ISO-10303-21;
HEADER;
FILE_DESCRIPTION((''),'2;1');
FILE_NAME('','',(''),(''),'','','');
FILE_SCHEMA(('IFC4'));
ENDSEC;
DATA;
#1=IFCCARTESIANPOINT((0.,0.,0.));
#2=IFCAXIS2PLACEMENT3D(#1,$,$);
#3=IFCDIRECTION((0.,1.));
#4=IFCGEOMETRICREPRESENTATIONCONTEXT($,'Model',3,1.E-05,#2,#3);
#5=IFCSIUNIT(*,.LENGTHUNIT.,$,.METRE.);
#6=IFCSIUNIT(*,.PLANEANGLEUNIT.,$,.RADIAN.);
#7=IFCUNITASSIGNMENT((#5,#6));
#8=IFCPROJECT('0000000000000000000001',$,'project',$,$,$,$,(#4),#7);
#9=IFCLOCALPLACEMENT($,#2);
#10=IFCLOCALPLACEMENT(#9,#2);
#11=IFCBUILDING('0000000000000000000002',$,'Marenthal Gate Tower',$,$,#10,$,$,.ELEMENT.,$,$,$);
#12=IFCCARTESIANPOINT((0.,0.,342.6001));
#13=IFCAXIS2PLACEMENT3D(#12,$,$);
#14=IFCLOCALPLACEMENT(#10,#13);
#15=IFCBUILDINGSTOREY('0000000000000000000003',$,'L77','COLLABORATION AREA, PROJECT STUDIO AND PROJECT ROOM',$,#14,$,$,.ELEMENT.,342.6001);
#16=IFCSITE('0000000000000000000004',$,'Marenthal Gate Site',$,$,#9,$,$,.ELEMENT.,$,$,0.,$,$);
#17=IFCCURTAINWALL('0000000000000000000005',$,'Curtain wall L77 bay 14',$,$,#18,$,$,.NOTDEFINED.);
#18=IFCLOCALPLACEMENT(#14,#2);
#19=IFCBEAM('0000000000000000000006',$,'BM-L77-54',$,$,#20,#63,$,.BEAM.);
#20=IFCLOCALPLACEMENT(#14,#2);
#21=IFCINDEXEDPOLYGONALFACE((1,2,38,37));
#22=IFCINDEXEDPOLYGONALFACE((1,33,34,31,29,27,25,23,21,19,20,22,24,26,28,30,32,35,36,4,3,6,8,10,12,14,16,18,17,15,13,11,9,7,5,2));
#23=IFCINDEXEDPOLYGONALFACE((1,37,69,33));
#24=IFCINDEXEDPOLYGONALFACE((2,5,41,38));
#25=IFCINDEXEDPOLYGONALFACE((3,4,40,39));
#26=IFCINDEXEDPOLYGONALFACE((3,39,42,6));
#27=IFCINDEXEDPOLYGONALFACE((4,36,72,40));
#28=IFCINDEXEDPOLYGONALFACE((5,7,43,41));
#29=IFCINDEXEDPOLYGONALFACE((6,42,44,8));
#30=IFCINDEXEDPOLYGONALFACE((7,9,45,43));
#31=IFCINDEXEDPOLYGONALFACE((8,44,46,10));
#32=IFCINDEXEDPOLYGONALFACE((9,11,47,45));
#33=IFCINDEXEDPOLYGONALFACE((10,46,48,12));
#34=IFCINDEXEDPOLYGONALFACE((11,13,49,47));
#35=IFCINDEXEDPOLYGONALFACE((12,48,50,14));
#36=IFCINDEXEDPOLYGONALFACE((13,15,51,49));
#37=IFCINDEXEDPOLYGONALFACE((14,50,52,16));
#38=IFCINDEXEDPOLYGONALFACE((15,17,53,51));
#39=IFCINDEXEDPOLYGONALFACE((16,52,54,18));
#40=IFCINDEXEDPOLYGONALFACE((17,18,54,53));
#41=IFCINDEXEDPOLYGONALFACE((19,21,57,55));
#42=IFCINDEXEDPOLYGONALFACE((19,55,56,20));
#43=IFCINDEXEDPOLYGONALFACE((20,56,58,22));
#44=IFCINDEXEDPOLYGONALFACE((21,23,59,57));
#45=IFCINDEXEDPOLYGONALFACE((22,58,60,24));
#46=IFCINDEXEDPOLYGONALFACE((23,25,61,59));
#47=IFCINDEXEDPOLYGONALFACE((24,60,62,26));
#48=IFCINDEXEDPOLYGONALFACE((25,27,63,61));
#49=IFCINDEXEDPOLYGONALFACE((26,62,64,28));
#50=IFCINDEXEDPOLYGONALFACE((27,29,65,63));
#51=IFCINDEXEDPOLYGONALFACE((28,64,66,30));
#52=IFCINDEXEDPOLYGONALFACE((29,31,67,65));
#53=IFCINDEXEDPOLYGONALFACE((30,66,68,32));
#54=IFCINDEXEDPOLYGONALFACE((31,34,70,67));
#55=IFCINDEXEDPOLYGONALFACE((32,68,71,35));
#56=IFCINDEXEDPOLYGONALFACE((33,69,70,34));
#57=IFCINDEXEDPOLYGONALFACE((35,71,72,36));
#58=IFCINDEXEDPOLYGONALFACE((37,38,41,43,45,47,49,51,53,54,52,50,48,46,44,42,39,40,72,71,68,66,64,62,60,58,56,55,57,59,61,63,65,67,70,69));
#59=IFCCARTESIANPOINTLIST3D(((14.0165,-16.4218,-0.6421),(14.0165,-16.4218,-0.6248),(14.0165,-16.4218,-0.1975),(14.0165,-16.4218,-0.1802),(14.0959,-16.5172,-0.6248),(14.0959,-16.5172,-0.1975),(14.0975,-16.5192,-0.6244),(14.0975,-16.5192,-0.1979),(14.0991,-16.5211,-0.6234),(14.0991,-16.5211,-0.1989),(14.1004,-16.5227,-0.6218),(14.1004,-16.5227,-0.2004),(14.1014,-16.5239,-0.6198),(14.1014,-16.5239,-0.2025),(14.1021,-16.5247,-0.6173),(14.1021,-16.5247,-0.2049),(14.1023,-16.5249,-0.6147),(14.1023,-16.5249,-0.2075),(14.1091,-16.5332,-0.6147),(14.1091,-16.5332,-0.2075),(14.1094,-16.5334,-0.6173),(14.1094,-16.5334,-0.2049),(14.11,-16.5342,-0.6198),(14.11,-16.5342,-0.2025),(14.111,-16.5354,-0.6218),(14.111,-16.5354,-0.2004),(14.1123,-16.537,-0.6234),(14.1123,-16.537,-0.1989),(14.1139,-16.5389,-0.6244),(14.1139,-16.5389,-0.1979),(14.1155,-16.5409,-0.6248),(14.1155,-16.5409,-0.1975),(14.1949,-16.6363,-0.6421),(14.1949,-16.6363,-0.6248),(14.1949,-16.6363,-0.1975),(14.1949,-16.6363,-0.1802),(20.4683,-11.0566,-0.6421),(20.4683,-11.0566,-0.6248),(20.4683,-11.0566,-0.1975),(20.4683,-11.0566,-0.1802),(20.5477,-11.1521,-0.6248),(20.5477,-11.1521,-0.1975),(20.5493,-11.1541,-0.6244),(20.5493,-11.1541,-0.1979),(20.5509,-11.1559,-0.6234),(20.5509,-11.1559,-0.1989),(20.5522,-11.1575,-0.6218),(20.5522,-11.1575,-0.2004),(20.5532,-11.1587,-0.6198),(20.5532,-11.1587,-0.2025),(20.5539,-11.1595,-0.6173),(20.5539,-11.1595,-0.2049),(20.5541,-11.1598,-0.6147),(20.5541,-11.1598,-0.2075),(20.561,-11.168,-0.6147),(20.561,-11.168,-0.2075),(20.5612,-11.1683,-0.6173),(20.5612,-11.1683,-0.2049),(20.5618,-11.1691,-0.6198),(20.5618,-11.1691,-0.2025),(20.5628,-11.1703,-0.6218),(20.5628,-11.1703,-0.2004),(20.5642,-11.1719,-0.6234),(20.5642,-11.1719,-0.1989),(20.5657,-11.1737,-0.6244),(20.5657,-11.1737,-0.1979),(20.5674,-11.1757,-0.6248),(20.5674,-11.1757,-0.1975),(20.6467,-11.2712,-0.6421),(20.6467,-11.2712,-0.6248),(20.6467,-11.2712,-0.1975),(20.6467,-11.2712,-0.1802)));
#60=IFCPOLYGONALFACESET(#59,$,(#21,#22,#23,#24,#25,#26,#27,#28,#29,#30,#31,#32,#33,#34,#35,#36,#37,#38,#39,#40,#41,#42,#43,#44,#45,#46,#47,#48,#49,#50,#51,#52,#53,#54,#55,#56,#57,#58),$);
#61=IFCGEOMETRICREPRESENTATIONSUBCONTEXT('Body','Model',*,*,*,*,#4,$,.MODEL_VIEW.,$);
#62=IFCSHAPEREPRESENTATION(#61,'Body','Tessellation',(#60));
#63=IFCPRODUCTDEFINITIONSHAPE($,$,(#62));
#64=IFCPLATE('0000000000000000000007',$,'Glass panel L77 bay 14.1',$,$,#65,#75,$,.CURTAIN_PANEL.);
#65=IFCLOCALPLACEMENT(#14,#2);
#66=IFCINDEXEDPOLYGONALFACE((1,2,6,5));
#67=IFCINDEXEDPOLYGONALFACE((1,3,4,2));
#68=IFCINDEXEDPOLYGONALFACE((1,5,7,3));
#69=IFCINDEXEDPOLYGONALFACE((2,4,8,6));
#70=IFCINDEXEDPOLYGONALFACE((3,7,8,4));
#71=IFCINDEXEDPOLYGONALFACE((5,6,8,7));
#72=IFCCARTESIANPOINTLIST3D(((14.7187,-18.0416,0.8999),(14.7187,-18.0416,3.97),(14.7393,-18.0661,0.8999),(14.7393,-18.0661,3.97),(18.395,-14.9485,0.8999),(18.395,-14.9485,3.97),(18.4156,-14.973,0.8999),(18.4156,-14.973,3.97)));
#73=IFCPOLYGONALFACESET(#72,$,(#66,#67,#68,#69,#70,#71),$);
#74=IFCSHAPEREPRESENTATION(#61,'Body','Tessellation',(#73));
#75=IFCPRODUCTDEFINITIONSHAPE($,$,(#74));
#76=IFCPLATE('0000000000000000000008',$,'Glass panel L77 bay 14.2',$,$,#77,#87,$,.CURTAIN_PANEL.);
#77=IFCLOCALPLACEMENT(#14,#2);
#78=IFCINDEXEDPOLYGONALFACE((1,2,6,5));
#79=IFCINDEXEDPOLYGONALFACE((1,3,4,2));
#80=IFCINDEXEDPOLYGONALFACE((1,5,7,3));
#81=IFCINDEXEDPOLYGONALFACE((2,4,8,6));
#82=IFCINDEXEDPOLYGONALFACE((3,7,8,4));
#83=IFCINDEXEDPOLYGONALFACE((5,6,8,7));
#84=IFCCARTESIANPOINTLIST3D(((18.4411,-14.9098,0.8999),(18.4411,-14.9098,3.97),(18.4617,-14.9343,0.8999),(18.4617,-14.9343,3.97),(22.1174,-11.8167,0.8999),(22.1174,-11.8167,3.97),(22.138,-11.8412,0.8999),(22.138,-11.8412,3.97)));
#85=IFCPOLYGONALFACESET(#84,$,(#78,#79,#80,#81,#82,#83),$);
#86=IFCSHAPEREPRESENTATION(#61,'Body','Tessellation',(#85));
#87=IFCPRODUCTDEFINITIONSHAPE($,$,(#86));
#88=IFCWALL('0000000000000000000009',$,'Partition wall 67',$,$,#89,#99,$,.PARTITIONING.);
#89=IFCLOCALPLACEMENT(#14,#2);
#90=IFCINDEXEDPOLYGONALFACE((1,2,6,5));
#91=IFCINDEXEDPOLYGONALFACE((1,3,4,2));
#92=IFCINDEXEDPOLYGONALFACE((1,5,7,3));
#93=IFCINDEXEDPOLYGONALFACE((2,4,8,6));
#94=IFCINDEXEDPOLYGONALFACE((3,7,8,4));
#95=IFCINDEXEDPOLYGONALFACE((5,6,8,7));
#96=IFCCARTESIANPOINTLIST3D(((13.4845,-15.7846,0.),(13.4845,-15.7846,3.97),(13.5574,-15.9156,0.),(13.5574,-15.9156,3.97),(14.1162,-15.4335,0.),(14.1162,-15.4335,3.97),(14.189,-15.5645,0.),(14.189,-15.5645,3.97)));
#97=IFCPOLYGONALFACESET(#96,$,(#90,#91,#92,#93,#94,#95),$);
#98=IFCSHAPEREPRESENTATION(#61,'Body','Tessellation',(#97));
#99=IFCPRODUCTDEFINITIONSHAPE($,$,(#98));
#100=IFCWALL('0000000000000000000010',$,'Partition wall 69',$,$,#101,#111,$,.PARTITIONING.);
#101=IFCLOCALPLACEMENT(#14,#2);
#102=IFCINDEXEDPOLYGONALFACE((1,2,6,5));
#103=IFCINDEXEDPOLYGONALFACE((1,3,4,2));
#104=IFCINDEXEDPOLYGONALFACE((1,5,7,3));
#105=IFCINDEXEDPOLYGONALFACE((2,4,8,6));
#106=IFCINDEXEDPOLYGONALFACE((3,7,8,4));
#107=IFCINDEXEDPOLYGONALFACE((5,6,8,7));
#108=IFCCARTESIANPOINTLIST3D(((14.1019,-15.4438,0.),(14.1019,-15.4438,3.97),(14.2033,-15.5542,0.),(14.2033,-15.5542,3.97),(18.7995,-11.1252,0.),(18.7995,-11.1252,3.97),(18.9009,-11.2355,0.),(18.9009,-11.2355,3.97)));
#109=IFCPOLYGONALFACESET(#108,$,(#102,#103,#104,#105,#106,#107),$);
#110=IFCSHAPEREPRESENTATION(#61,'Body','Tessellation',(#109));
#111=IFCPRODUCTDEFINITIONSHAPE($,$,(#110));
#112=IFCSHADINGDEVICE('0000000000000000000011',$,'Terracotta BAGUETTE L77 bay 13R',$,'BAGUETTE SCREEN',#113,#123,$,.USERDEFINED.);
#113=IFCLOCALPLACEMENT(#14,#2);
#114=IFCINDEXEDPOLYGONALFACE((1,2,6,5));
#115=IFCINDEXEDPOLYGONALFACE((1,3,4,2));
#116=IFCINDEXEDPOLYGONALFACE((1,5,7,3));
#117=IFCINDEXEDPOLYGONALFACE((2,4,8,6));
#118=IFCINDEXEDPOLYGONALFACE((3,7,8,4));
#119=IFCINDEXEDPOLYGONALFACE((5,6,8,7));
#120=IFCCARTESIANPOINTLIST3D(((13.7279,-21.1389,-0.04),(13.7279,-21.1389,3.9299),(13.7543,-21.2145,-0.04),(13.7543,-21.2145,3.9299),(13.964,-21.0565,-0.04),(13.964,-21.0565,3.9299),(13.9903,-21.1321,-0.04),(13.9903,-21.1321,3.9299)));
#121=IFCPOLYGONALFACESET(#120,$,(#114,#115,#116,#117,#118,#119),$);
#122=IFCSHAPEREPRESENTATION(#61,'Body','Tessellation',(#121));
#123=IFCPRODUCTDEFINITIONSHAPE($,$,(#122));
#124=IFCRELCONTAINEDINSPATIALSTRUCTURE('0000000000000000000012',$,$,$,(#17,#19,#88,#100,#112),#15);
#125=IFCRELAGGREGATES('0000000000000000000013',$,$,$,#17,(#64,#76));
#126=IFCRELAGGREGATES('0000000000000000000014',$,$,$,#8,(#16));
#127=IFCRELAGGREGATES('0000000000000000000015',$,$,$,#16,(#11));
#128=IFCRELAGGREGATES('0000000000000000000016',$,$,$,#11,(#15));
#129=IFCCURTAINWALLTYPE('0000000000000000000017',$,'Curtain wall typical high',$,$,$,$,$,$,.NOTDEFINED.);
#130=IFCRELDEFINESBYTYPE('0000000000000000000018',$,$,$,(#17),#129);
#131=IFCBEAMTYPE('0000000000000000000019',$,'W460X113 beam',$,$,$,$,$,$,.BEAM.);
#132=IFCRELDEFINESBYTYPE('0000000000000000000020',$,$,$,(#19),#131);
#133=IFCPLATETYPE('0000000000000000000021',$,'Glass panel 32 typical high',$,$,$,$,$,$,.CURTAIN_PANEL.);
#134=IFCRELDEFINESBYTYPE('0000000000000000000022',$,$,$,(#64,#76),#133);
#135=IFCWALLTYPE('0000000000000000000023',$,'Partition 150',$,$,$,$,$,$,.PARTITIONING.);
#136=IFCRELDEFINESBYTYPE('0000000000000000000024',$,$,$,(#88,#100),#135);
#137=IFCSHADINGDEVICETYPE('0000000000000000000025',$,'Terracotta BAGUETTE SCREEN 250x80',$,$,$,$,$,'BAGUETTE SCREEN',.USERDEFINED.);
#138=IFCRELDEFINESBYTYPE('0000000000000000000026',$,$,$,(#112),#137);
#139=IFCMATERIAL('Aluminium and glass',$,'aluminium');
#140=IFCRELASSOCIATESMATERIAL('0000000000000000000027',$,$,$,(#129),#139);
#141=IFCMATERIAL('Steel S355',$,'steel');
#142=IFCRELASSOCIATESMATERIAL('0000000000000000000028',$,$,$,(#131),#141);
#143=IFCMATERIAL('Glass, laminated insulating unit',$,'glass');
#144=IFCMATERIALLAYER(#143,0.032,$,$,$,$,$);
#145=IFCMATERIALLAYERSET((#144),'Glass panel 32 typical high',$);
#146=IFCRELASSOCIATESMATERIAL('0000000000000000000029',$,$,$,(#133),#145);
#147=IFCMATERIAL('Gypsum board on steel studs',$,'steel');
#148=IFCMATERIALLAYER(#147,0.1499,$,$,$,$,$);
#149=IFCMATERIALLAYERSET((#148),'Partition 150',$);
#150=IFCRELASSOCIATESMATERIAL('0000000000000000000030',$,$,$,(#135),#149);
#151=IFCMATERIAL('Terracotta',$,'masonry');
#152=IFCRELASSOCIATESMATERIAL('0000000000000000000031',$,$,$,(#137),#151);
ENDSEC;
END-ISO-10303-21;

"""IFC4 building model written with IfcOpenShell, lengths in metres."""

from ifc_helpers import new_model, si_unit, direction, frame, frame_2d, origin, origin_2d, place, context, subcontext, project, spatial, rectangle, i_section, extrude, material, layer, layer_set, material_profile, profile_set, type_object, element, aggregate, save


model = new_model("IFC4")

# Units and contexts
model_context = context("Model", 3, precision=1e-05, world=origin(), true_north=direction((0.0, 1.0)))
body_context = subcontext(model_context, "Body", "Model", "MODEL_VIEW")
ifc_project = project(units=[si_unit("LENGTHUNIT", "METRE"), si_unit("PLANEANGLEUNIT", "RADIAN")], contexts=[model_context])

# Site, building, storey
site_placement = place(None, origin())
site = spatial("IfcSite", under=ifc_project, at=site_placement, Name="Marenthal Gate Site", CompositionType="ELEMENT", RefElevation=0.0)
building_placement = place(site_placement, origin())
building = spatial("IfcBuilding", under=site, at=building_placement, Name="Marenthal Gate Tower", CompositionType="ELEMENT")
storey_placement = place(building_placement, frame((0.0, 0.0, 342.6001)))
storey = spatial("IfcBuildingStorey", under=building, at=storey_placement, Name="L77", Description="COLLABORATION AREA, PROJECT STUDIO AND PROJECT ROOM", CompositionType="ELEMENT", Elevation=342.6001)

# Curtain wall
ifc_material_1 = material(Name="Aluminium and glass", Category="aluminium")
curtain_wall_type = type_object("IfcCurtainWallType", Name="Curtain wall typical high", PredefinedType="NOTDEFINED", material=ifc_material_1)
curtain_wall_placement = place(storey_placement, origin())
curtain_wall = element("IfcCurtainWall", 1, at=curtain_wall_placement, inside=storey, type_object=curtain_wall_type, Name="Curtain wall L77 bay 14", PredefinedType="NOTDEFINED")

# Beam
ifc_material_2 = material(Name="Steel S355", Category="steel")
ifc_material_profile_1 = material_profile(ifc_material_2, i_section(OverallWidth=0.2791, OverallDepth=0.4619, WebThickness=0.0107, FlangeThickness=0.0173, FilletRadius=0.01, at=origin_2d()), Name="W460X113")
ifc_profile_set_1 = profile_set([ifc_material_profile_1], Name="Steel S355")
beam_type_1 = type_object("IfcBeamType", Name="W460X113 beam", PredefinedType="BEAM", material=ifc_profile_set_1)
beam_1_placement = place(storey_placement, frame((14.1057, -16.5291, -0.4111), z_axis=(0.768886, 0.639386, 0.0), x_axis=(-0.639386, 0.768886, 0.0)))
element("IfcBeam", 2, at=beam_1_placement, inside=storey, type_object=beam_type_1, Name="BM-L77-54", PredefinedType="BEAM", context=body_context, shape_type="SweptSolid", body=[
    extrude(i_section(OverallWidth=0.2791, OverallDepth=0.4619, WebThickness=0.0107, FlangeThickness=0.0173, FilletRadius=0.01, at=origin_2d()), origin(), (0.0, 0.0, 1.0), 8.3911),
])

# Plates
ifc_material_3 = material(Name="Glass, laminated insulating unit", Category="glass")
ifc_layer_1 = layer(ifc_material_3, 0.032)
ifc_layer_set_1 = layer_set([ifc_layer_1], Name="Glass panel 32 typical high")
plate_type = type_object("IfcPlateType", Name="Glass panel 32 typical high", PredefinedType="CURTAIN_PANEL", material=ifc_layer_set_1)
plate_1_placement = place(storey_placement, frame((16.5671, -16.5073, 0.8999), z_axis=(0.0, 0.0, 1.0), x_axis=(0.765193, 0.643801, 0.0)))
plate_1 = element("IfcPlate", 3, at=plate_1_placement, type_object=plate_type, Name="Glass panel L77 bay 14.1", PredefinedType="CURTAIN_PANEL", context=body_context, shape_type="SweptSolid", body=[
    extrude(rectangle(XDim=4.8044, YDim=0.032, at=origin_2d()), origin(), (0.0, 0.0, 1.0), 3.0701),
])
plate_2_placement = place(storey_placement, frame((20.2896, -13.3755, 0.8999), z_axis=(0.0, 0.0, 1.0), x_axis=(0.765193, 0.643801, 0.0)))
plate_2 = element("IfcPlate", 4, at=plate_2_placement, type_object=plate_type, Name="Glass panel L77 bay 14.2", PredefinedType="CURTAIN_PANEL", context=body_context, shape_type="SweptSolid", body=[
    extrude(rectangle(XDim=4.8044, YDim=0.032, at=origin_2d()), origin(), (0.0, 0.0, 1.0), 3.0701),
])
aggregate(curtain_wall, [plate_1, plate_2])

# Walls
ifc_material_4 = material(Name="Gypsum board on steel studs", Category="steel")
ifc_layer_2 = layer(ifc_material_4, 0.1499)
ifc_layer_set_2 = layer_set([ifc_layer_2], Name="Partition 150")
wall_type_1 = type_object("IfcWallType", Name="Partition 150", PredefinedType="PARTITIONING", material=ifc_layer_set_2)
wall_1_placement = place(storey_placement, frame((14.1526, -15.499, 0.0), z_axis=(0.0, 0.0, 1.0), x_axis=(-0.874046, -0.485844, 0.0)))
element("IfcWall", 5, at=wall_1_placement, inside=storey, type_object=wall_type_1, Name="Partition wall 67", PredefinedType="PARTITIONING", context=body_context, shape_type="SweptSolid", body=[
    extrude(rectangle(XDim=0.7227, YDim=0.1499, at=frame_2d((0.3613, 0.0))), origin(), (0.0, 0.0, 1.0), 3.97),
])
wall_2_placement = place(storey_placement, frame((18.8501, -11.1804, 0.0), z_axis=(0.0, 0.0, 1.0), x_axis=(-0.736173, -0.676793, 0.0)))
element("IfcWall", 6, at=wall_2_placement, inside=storey, type_object=wall_type_1, Name="Partition wall 69", PredefinedType="PARTITIONING", context=body_context, shape_type="SweptSolid", body=[
    extrude(rectangle(XDim=6.3811, YDim=0.1499, at=frame_2d((3.1904, 0.0))), origin(), (0.0, 0.0, 1.0), 3.97),
])

# Shading device
ifc_material_5 = material(Name="Terracotta", Category="masonry")
ifc_material_profile_2 = material_profile(ifc_material_5, rectangle(XDim=0.25, YDim=0.0801, at=origin_2d()), Name="Terracotta baguette 250x80")
ifc_profile_set_2 = profile_set([ifc_material_profile_2], Name="Terracotta")
shading_device_type = type_object("IfcShadingDeviceType", Name="Terracotta BAGUETTE SCREEN 250x80", ElementType="BAGUETTE SCREEN", PredefinedType="USERDEFINED", material=ifc_profile_set_2)
shading_device_placement = place(storey_placement, frame((13.8591, -21.1355, -0.04), z_axis=(0.0, 0.0, 1.0), x_axis=(0.944186, 0.329413, 0.0)))
element("IfcShadingDevice", 7, at=shading_device_placement, inside=storey, type_object=shading_device_type, Name="Terracotta BAGUETTE L77 bay 13R", ObjectType="BAGUETTE SCREEN", PredefinedType="USERDEFINED", context=body_context, shape_type="SweptSolid", body=[
    extrude(rectangle(XDim=0.25, YDim=0.0801, at=origin_2d()), origin(), (0.0, 0.0, 1.0), 3.97),
])

save(model, "model.ifc")
